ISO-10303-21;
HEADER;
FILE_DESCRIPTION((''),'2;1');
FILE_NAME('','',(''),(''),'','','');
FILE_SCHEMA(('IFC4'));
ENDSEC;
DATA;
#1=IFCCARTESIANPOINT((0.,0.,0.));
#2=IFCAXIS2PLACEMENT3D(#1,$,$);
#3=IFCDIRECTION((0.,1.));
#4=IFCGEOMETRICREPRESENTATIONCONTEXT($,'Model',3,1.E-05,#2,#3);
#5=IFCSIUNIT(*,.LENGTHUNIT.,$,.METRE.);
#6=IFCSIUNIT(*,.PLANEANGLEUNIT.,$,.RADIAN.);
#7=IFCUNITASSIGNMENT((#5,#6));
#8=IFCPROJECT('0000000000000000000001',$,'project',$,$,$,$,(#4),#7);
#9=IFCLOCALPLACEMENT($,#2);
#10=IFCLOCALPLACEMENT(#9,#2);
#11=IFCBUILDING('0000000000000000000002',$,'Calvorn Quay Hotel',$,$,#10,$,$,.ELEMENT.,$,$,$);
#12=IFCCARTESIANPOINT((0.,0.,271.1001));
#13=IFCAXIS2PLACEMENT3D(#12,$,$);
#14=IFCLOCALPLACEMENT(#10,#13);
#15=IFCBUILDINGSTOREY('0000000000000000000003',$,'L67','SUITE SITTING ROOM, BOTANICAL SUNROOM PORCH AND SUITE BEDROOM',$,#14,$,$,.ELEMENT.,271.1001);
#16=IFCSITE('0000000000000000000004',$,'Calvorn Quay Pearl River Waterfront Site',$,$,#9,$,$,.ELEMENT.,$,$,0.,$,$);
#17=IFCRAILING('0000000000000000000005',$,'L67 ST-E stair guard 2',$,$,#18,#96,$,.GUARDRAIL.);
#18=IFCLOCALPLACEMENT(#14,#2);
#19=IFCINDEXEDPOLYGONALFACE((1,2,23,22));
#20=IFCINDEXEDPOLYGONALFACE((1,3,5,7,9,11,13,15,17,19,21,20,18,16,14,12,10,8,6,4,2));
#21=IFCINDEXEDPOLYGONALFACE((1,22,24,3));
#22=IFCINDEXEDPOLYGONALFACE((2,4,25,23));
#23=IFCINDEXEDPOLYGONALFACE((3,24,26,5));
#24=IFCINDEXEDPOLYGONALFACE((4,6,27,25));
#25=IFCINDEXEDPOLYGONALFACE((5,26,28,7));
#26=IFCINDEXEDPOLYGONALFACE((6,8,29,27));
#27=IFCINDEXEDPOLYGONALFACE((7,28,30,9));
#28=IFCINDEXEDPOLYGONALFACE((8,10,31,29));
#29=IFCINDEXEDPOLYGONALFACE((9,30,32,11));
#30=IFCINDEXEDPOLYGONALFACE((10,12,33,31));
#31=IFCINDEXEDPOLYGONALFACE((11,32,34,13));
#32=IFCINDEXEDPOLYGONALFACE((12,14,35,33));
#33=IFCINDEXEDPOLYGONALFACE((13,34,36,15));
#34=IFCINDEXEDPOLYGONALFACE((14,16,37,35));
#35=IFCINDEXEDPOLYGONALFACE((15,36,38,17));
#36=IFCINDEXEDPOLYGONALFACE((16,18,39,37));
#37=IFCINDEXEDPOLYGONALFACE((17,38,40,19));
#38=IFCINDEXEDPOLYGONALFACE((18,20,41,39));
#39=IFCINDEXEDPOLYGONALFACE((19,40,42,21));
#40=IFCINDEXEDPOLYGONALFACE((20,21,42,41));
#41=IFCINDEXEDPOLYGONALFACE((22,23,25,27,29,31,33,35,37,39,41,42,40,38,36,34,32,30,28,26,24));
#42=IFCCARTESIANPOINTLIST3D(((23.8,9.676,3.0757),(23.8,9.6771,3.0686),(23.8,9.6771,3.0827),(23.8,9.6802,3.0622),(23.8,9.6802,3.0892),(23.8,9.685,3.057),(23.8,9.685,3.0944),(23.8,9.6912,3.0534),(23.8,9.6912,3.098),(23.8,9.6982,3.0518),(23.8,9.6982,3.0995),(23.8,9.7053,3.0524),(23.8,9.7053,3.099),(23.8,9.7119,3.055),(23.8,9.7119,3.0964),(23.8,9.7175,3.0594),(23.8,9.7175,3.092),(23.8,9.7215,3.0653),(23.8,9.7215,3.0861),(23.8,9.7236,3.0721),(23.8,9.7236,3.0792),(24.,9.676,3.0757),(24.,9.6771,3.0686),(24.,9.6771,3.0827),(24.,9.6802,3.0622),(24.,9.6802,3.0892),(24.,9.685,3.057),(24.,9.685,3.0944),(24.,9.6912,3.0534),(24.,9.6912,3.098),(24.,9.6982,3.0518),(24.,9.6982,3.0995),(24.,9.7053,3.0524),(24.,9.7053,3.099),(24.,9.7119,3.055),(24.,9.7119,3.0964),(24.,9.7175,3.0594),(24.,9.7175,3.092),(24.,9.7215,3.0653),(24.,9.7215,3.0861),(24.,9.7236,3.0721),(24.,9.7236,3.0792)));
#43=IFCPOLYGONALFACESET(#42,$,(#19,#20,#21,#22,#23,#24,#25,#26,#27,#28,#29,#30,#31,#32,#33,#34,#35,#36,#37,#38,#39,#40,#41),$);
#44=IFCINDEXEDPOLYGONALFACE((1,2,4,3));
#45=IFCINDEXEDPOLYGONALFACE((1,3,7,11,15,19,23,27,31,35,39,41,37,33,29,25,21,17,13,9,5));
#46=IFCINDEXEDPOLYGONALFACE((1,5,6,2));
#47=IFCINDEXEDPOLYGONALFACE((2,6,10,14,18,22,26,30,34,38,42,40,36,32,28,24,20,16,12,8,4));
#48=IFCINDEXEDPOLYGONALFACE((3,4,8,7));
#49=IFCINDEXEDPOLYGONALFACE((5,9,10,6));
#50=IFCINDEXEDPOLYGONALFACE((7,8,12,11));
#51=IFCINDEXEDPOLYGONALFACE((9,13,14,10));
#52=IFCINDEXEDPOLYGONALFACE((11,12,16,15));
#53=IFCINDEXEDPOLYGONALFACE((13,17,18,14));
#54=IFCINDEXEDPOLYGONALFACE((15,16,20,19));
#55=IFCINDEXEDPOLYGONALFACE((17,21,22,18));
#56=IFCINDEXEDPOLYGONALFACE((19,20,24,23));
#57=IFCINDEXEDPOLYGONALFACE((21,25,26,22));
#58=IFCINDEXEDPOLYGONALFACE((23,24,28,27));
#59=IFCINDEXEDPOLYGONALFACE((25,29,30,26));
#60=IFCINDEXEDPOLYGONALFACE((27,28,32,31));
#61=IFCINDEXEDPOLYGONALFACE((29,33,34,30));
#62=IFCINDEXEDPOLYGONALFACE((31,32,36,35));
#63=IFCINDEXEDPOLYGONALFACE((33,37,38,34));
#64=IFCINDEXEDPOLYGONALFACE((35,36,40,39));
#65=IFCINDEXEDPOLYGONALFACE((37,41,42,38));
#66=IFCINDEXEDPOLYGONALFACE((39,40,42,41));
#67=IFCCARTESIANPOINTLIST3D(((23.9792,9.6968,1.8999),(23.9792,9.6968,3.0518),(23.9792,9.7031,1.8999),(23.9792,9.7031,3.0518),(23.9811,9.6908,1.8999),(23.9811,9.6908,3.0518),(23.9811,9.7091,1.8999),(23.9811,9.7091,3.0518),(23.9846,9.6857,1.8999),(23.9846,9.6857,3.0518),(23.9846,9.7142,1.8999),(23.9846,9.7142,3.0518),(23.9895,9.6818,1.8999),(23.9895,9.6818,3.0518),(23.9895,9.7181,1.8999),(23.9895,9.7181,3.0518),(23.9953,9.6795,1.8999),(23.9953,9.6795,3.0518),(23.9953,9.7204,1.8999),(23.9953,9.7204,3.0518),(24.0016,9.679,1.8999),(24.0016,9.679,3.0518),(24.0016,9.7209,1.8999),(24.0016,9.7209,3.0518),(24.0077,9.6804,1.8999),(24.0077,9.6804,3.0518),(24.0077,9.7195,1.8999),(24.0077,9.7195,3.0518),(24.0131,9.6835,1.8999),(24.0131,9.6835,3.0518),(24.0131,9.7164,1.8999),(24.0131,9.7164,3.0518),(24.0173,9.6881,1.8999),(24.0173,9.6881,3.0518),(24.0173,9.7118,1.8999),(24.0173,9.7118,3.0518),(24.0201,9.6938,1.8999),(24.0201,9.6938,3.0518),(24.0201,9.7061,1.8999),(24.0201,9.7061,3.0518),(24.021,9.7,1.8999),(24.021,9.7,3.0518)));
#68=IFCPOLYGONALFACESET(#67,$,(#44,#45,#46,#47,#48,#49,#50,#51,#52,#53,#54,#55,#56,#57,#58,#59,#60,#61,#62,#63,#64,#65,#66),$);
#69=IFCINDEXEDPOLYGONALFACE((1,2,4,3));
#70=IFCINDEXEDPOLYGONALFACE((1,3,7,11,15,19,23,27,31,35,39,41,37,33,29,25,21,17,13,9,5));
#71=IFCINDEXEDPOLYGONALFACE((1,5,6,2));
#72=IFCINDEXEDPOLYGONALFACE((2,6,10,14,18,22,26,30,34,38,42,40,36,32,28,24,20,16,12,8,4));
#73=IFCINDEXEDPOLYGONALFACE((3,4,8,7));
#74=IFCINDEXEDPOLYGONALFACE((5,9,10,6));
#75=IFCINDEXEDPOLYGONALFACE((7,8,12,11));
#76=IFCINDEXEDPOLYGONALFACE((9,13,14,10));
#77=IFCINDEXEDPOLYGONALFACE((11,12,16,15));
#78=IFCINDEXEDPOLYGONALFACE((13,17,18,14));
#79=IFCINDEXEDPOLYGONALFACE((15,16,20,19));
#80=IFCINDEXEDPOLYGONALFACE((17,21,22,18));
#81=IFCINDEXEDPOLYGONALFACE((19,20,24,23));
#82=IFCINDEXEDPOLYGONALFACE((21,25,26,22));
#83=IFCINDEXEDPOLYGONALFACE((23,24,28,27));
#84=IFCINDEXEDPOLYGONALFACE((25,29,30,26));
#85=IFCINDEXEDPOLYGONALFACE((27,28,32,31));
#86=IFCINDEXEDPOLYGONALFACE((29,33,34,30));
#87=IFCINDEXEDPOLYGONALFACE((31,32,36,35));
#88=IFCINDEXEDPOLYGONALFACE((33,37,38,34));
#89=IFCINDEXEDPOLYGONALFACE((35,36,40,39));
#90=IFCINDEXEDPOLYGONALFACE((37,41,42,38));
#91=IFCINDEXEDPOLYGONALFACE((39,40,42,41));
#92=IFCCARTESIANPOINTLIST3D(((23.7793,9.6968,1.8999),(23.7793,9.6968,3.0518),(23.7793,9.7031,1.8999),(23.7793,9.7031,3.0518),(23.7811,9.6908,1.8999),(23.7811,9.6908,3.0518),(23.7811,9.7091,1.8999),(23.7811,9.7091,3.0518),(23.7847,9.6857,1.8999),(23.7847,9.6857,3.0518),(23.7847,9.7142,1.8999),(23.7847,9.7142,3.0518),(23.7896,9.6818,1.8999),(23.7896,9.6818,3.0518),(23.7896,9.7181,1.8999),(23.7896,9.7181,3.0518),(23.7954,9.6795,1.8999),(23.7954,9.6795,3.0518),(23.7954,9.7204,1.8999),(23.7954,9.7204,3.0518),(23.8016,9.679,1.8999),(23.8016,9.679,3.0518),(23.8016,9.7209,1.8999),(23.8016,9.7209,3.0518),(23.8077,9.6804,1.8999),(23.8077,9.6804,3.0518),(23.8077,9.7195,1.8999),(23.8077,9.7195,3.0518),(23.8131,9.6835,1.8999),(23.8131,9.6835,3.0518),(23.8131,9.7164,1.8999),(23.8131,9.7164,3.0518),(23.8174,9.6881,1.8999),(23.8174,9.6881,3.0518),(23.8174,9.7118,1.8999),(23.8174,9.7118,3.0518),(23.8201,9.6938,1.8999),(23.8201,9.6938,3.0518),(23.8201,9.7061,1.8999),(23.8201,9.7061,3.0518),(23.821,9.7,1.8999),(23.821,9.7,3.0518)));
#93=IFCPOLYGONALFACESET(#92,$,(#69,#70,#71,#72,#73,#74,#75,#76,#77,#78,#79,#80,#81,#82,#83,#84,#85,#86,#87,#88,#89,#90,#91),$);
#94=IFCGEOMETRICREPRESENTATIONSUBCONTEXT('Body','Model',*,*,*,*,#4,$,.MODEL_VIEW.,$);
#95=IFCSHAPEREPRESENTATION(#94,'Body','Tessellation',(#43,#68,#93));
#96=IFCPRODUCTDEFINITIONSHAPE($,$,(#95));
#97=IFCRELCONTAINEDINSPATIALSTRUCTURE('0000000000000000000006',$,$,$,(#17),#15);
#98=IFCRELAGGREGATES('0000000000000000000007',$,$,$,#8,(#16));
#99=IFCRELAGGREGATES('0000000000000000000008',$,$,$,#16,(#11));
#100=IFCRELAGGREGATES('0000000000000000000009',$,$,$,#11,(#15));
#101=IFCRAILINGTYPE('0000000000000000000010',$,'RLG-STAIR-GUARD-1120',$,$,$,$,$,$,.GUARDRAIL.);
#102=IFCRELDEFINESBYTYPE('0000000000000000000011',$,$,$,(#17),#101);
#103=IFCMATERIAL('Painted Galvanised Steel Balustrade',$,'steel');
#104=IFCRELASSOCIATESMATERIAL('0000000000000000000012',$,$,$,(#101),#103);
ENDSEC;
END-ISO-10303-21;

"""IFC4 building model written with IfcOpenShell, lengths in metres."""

from ifc_helpers import new_model, si_unit, direction, frame, origin, origin_2d, place, context, subcontext, project, spatial, circle, extrude, material, type_object, element, save


model = new_model("IFC4")

# Units and contexts
model_context = context("Model", 3, precision=1e-05, world=origin(), true_north=direction((0.0, 1.0)))
body_context = subcontext(model_context, "Body", "Model", "MODEL_VIEW")
ifc_project = project(units=[si_unit("LENGTHUNIT", "METRE"), si_unit("PLANEANGLEUNIT", "RADIAN")], contexts=[model_context])

# Site, building, storey
site_placement = place(None, origin())
site = spatial("IfcSite", under=ifc_project, at=site_placement, Name="Calvorn Quay Pearl River Waterfront Site", CompositionType="ELEMENT", RefElevation=0.0)
building_placement = place(site_placement, origin())
building = spatial("IfcBuilding", under=site, at=building_placement, Name="Calvorn Quay Hotel", CompositionType="ELEMENT")
storey_placement = place(building_placement, frame((0.0, 0.0, 271.1001)))
storey = spatial("IfcBuildingStorey", under=building, at=storey_placement, Name="L67", Description="SUITE SITTING ROOM, BOTANICAL SUNROOM PORCH AND SUITE BEDROOM", CompositionType="ELEMENT", Elevation=271.1001)

# Railing
ifc_material_1 = material(Name="Painted Galvanised Steel Balustrade", Category="steel")
railing_type_1 = type_object("IfcRailingType", Name="RLG-STAIR-GUARD-1120", PredefinedType="GUARDRAIL", material=ifc_material_1)
railing_1_placement = place(storey_placement, frame((24.0, 9.7, 1.8999)))
element("IfcRailing", 1, at=railing_1_placement, inside=storey, type_object=railing_type_1, Name="L67 ST-E stair guard 2", PredefinedType="GUARDRAIL", context=body_context, shape_type="SweptSolid", body=[
    extrude(circle(Radius=0.0239, at=origin_2d()), frame((0.0, 0.0, 1.1758), z_axis=(-1.0, 0.0, 0.0), x_axis=(0.0, -1.0, 0.0)), (0.0, 0.0, 1.0), 0.2),
    extrude(circle(Radius=0.021, at=origin_2d()), origin(), (0.0, 0.0, 1.0), 1.1519),
    extrude(circle(Radius=0.021, at=origin_2d()), frame((-0.2, 0.0, 0.0)), (0.0, 0.0, 1.0), 1.1519),
])

save(model, "model.ifc")
